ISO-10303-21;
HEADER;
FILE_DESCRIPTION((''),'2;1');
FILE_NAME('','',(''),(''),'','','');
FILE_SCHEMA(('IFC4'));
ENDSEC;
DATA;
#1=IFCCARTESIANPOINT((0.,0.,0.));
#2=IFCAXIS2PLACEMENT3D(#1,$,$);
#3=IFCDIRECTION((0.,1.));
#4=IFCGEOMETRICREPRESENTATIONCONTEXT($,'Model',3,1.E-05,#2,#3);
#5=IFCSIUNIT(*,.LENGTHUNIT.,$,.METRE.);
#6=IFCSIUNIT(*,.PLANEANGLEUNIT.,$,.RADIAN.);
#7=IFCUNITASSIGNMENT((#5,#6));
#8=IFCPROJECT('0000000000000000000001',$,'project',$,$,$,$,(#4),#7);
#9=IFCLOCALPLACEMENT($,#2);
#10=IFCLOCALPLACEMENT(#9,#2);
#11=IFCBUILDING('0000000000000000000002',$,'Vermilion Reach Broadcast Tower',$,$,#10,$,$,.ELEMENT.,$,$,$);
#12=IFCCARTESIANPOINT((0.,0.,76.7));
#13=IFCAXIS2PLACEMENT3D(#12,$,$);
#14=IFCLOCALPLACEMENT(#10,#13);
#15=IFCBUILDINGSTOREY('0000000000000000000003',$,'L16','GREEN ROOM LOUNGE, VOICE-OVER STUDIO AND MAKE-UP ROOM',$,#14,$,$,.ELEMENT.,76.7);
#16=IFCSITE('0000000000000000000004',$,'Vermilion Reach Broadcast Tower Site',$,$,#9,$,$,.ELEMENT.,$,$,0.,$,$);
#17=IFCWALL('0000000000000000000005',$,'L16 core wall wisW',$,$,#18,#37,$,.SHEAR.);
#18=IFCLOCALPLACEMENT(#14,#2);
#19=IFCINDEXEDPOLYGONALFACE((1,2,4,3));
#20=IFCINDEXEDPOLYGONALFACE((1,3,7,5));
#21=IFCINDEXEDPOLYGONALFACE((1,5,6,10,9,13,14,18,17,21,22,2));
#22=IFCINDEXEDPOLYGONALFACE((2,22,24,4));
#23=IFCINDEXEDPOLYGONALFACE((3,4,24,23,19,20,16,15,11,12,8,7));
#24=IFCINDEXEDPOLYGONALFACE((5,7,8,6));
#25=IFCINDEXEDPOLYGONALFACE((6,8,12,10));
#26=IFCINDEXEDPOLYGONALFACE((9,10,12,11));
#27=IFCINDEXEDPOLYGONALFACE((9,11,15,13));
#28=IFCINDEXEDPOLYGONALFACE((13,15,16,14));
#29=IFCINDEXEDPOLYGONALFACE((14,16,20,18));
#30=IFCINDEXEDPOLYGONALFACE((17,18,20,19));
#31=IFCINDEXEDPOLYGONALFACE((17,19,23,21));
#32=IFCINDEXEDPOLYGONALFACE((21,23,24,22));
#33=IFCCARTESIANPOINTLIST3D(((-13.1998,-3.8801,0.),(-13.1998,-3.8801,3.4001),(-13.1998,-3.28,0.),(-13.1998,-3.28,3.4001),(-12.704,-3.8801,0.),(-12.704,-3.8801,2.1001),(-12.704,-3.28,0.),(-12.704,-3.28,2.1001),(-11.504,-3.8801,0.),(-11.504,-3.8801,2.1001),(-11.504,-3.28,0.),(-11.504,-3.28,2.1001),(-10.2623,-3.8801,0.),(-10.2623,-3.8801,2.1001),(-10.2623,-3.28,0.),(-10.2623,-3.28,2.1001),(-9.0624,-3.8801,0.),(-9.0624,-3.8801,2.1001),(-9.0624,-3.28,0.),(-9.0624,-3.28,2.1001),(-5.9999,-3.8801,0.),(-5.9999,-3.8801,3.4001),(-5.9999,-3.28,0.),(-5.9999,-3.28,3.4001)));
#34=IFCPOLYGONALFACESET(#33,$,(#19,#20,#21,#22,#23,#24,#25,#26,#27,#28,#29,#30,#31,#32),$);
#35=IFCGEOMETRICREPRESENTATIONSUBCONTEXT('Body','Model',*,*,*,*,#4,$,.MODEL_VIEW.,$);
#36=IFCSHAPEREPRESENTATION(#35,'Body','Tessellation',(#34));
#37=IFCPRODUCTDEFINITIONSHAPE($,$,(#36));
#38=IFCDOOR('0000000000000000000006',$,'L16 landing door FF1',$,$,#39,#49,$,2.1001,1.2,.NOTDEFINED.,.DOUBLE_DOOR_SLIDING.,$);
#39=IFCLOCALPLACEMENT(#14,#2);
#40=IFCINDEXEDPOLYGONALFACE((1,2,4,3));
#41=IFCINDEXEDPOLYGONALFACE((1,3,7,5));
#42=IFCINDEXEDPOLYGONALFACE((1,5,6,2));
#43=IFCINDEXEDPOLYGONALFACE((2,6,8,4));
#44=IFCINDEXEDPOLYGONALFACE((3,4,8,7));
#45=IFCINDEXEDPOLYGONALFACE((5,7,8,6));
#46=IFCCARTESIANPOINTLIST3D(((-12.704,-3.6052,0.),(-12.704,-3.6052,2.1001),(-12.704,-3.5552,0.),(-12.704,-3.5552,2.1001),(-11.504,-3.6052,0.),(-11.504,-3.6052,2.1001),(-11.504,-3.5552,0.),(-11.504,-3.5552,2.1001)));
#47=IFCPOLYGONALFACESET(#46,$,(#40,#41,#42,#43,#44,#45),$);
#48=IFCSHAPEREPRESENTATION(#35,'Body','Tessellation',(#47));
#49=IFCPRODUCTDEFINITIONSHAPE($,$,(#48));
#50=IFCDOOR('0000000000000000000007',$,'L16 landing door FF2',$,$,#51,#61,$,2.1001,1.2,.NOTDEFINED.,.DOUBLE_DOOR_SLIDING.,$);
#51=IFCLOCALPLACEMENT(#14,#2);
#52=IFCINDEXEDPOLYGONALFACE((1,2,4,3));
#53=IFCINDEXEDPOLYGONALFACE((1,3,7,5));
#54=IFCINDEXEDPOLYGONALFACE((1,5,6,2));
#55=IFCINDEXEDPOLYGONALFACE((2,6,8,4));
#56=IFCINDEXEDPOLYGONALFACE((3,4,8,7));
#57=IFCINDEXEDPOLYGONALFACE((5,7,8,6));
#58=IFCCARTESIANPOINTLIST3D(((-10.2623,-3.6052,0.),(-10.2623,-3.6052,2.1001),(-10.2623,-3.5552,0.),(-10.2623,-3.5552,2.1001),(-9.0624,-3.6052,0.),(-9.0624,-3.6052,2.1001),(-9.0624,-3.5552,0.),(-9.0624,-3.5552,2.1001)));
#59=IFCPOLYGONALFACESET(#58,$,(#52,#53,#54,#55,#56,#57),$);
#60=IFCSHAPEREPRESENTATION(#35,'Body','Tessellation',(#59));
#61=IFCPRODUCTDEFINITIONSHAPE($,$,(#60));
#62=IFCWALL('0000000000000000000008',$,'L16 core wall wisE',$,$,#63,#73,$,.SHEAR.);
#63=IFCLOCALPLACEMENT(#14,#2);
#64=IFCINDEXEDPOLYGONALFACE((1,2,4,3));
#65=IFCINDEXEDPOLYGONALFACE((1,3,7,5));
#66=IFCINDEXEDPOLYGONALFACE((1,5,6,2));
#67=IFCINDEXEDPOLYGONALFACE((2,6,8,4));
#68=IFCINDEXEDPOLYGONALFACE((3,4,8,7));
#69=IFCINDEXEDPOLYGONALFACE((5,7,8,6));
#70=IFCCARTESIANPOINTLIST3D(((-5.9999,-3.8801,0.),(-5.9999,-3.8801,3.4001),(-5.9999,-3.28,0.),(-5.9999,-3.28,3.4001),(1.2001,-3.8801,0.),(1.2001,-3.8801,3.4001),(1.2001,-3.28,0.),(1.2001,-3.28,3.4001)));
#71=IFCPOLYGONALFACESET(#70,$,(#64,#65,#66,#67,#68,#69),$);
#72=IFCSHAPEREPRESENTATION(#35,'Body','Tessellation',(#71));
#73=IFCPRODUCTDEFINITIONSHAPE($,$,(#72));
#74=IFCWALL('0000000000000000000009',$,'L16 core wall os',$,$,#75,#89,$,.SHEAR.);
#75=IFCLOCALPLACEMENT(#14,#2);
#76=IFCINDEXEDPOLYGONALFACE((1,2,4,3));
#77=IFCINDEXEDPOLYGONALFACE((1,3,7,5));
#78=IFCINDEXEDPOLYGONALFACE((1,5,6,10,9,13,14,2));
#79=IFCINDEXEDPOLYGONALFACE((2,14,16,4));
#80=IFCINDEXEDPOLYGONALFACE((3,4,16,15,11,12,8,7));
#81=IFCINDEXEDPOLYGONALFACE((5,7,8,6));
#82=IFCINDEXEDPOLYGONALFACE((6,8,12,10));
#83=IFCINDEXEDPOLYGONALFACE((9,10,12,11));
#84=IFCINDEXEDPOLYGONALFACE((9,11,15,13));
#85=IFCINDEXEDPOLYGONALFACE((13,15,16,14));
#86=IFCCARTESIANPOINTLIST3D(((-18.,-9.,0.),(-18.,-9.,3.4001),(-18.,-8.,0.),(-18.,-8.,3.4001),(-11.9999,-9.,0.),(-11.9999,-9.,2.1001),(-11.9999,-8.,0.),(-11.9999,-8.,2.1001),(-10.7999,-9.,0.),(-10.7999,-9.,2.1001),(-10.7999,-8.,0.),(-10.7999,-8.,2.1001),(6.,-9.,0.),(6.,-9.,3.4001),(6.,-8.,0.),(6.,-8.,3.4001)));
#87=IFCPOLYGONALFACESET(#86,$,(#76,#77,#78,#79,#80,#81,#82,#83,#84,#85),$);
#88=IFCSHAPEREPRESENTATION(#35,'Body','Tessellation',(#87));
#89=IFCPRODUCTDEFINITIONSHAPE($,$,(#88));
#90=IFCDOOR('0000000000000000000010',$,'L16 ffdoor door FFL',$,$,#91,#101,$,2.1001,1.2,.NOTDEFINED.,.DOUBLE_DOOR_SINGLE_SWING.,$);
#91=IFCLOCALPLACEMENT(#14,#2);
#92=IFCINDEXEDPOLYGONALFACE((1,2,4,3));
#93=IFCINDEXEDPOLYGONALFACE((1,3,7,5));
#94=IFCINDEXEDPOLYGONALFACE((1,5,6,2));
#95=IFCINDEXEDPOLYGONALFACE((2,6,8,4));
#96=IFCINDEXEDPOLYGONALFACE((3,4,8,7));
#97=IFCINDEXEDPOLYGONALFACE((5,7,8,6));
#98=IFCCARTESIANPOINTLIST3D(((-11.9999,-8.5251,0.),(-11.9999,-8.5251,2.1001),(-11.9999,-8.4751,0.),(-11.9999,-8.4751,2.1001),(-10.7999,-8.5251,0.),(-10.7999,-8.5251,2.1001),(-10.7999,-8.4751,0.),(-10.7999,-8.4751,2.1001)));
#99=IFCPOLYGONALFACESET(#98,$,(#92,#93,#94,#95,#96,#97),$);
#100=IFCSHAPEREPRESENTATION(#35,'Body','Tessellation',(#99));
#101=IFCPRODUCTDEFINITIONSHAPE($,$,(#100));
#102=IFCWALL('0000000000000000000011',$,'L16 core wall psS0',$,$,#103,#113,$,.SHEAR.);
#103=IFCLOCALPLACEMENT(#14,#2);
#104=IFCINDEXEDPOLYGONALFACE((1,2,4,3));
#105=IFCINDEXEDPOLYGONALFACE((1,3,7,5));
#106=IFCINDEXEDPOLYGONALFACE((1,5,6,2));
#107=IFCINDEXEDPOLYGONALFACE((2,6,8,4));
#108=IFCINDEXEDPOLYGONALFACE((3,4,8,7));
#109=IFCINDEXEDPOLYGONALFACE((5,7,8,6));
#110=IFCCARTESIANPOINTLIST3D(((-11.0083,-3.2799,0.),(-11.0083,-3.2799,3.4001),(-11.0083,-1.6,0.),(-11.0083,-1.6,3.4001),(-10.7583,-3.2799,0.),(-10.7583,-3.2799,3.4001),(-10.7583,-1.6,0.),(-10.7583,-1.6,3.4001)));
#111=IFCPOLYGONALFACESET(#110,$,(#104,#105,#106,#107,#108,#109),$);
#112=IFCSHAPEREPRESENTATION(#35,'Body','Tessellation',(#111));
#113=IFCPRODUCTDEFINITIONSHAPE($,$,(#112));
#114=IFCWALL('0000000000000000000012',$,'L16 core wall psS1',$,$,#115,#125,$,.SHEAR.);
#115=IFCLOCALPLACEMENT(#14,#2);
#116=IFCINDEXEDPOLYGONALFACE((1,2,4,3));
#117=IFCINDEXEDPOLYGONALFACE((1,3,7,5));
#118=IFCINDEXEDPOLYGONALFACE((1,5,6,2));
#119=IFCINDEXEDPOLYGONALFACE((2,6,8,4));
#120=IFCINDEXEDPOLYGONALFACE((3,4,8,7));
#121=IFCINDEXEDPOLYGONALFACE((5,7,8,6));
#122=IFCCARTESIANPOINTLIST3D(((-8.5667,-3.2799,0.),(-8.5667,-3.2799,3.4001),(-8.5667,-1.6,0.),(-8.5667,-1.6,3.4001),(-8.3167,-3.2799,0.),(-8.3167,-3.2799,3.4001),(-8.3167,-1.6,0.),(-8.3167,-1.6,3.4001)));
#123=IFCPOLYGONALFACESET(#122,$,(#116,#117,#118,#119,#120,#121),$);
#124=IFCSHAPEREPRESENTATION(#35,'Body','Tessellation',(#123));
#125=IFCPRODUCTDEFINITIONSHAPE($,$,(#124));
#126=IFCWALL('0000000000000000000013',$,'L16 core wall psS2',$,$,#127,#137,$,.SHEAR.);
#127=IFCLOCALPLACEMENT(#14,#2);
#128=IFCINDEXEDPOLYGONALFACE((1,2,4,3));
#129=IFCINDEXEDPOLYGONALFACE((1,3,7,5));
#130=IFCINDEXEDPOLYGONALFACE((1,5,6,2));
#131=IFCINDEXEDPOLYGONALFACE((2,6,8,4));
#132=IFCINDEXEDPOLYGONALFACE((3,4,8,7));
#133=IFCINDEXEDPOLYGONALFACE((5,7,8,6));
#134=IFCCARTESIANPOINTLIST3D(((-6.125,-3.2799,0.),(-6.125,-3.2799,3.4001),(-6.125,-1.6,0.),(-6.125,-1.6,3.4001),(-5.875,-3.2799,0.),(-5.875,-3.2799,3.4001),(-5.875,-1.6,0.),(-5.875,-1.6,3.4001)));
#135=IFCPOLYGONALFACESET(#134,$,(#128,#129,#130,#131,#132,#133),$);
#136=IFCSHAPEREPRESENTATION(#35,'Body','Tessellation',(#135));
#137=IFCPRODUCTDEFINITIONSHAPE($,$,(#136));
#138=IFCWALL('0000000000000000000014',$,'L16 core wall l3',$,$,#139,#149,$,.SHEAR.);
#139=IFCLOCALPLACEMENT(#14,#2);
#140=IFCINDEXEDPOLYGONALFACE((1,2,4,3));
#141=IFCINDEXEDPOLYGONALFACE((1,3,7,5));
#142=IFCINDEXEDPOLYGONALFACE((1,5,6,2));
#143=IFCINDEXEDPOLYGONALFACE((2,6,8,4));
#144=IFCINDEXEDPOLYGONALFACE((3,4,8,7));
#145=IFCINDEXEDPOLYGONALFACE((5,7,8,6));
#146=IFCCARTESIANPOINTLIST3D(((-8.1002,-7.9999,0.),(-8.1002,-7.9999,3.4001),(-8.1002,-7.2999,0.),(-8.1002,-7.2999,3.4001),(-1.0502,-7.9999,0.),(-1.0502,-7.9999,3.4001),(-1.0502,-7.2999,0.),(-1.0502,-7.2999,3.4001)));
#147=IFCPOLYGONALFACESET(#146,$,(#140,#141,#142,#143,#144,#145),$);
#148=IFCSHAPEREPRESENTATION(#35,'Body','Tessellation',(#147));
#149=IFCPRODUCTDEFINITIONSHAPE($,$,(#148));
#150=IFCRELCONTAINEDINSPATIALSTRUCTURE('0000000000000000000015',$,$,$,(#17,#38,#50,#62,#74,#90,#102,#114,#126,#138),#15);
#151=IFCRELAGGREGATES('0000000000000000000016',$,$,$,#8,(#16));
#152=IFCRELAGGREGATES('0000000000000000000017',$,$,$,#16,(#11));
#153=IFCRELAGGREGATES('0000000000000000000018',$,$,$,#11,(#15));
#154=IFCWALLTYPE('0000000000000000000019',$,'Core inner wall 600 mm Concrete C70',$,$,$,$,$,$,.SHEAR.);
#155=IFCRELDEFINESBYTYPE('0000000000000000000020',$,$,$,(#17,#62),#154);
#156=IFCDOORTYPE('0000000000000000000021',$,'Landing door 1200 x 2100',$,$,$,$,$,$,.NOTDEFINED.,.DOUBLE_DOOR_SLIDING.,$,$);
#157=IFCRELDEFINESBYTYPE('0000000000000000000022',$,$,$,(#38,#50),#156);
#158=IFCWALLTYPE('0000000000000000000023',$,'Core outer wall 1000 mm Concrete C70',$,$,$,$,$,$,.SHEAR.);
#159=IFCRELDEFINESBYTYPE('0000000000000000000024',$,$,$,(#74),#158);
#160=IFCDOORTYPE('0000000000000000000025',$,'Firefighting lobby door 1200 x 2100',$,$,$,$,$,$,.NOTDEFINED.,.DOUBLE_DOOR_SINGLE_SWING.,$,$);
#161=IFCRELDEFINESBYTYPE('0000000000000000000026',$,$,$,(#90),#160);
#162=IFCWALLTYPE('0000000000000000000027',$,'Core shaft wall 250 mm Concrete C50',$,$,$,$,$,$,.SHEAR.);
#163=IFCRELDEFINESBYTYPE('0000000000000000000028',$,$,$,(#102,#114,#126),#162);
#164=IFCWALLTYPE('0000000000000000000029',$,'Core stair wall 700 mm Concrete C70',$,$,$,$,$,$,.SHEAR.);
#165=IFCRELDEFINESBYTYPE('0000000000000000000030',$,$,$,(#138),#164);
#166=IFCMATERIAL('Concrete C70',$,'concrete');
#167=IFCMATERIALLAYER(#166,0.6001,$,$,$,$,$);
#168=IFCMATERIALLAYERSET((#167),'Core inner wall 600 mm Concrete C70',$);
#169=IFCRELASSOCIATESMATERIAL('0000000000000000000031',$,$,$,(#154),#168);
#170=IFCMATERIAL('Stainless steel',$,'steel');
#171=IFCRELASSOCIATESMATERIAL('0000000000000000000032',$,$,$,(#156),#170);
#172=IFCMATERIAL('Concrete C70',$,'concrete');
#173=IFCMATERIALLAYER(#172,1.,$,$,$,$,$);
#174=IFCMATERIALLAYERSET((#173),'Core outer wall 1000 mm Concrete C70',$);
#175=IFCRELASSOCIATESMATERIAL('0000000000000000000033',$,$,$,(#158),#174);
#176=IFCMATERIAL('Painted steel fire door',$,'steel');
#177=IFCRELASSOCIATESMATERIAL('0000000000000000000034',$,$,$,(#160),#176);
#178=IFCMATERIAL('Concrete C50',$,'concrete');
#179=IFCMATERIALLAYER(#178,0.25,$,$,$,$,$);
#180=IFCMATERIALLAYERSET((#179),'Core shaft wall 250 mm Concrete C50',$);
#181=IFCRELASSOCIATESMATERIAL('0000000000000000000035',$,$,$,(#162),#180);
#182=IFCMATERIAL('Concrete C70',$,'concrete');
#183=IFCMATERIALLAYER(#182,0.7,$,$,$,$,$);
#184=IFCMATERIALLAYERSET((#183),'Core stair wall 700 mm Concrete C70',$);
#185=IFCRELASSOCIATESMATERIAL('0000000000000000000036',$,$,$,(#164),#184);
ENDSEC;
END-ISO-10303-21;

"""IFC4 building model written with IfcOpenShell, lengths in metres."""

from ifc_helpers import new_model, si_unit, direction, frame, frame_2d, origin, place, context, subcontext, project, spatial, rectangle, extrude, material, layer, layer_set, type_object, element, fill, save


model = new_model("IFC4")

# Units and contexts
model_context = context("Model", 3, precision=1e-05, world=origin(), true_north=direction((0.0, 1.0)))
body_context = subcontext(model_context, "Body", "Model", "MODEL_VIEW")
ifc_project = project(units=[si_unit("LENGTHUNIT", "METRE"), si_unit("PLANEANGLEUNIT", "RADIAN")], contexts=[model_context])

# Site, building, storey
site_placement = place(None, origin())
site = spatial("IfcSite", under=ifc_project, at=site_placement, Name="Vermilion Reach Broadcast Tower Site", CompositionType="ELEMENT", RefElevation=0.0)
building_placement = place(site_placement, origin())
building = spatial("IfcBuilding", under=site, at=building_placement, Name="Vermilion Reach Broadcast Tower", CompositionType="ELEMENT")
storey_placement = place(building_placement, frame((0.0, 0.0, 76.7)))
storey = spatial("IfcBuildingStorey", under=building, at=storey_placement, Name="L16", Description="GREEN ROOM LOUNGE, VOICE-OVER STUDIO AND MAKE-UP ROOM", CompositionType="ELEMENT", Elevation=76.7)

# Wall, openings, doors
ifc_material_1 = material(Name="Concrete C70", Category="concrete")
ifc_layer_1 = layer(ifc_material_1, 0.6001)
ifc_layer_set_1 = layer_set([ifc_layer_1], Name="Core inner wall 600 mm Concrete C70")
wall_type_1 = type_object("IfcWallType", Name="Core inner wall 600 mm Concrete C70", PredefinedType="SHEAR", material=ifc_layer_set_1)
wall_1_placement = place(storey_placement, frame((-13.2, -3.5801, 0.0), z_axis=(0.0, 0.0, 1.0), x_axis=(1.0, 0.0, 0.0)))
wall_1 = element("IfcWall", 1, at=wall_1_placement, inside=storey, type_object=wall_type_1, Name="L16 core wall wisW", PredefinedType="SHEAR", context=body_context, shape_type="SweptSolid", body=[
    extrude(rectangle(XDim=7.2, YDim=0.6001, at=frame_2d((3.6001, 0.0))), origin(), (0.0, 0.0, 1.0), 3.4001),
])
opening_1_placement = place(wall_1_placement, frame((0.4958, 0.0, 0.0)))
opening_1 = element("IfcOpeningElement", 2, at=opening_1_placement, cuts=wall_1, PredefinedType="OPENING", context=body_context, shape_type="SweptSolid", body=[
    extrude(rectangle(XDim=1.2, YDim=2.1001, at=frame_2d((0.6001, 1.05))), frame((0.0, 0.3101, 0.0), z_axis=(0.0, -1.0, 0.0), x_axis=(1.0, 0.0, 0.0)), (0.0, 0.0, 1.0), 0.6201),
])
opening_2_placement = place(wall_1_placement, frame((2.9375, 0.0, 0.0)))
opening_2 = element("IfcOpeningElement", 3, at=opening_2_placement, cuts=wall_1, PredefinedType="OPENING", context=body_context, shape_type="SweptSolid", body=[
    extrude(rectangle(XDim=1.2, YDim=2.1001, at=frame_2d((0.6001, 1.05))), frame((0.0, 0.3101, 0.0), z_axis=(0.0, -1.0, 0.0), x_axis=(1.0, 0.0, 0.0)), (0.0, 0.0, 1.0), 0.6201),
])
ifc_material_2 = material(Name="Stainless steel", Category="steel")
door_type_1 = type_object("IfcDoorType", Name="Landing door 1200 x 2100", OperationType="DOUBLE_DOOR_SLIDING", PredefinedType="NOTDEFINED", material=ifc_material_2)
door_1_placement = place(opening_1_placement, origin())
door_1 = element("IfcDoor", 4, at=door_1_placement, inside=storey, type_object=door_type_1, Name="L16 landing door FF1", OperationType="DOUBLE_DOOR_SLIDING", OverallHeight=2.1001, OverallWidth=1.2, PredefinedType="NOTDEFINED", context=body_context, shape_type="SweptSolid", body=[
    extrude(rectangle(XDim=1.2, YDim=2.1001, at=frame_2d((0.6001, 1.05))), frame((0.0, 0.0249, 0.0), z_axis=(0.0, -1.0, 0.0), x_axis=(1.0, 0.0, 0.0)), (0.0, 0.0, 1.0), 0.05),
])
fill(opening_1, door_1)
door_2_placement = place(opening_2_placement, origin())
door_2 = element("IfcDoor", 5, at=door_2_placement, inside=storey, type_object=door_type_1, Name="L16 landing door FF2", OperationType="DOUBLE_DOOR_SLIDING", OverallHeight=2.1001, OverallWidth=1.2, PredefinedType="NOTDEFINED", context=body_context, shape_type="SweptSolid", body=[
    extrude(rectangle(XDim=1.2, YDim=2.1001, at=frame_2d((0.6001, 1.05))), frame((0.0, 0.0249, 0.0), z_axis=(0.0, -1.0, 0.0), x_axis=(1.0, 0.0, 0.0)), (0.0, 0.0, 1.0), 0.05),
])
fill(opening_2, door_2)

# Wall
wall_2_placement = place(storey_placement, frame((-6.0, -3.5801, 0.0), z_axis=(0.0, 0.0, 1.0), x_axis=(1.0, 0.0, 0.0)))
element("IfcWall", 6, at=wall_2_placement, inside=storey, type_object=wall_type_1, Name="L16 core wall wisE", PredefinedType="SHEAR", context=body_context, shape_type="SweptSolid", body=[
    extrude(rectangle(XDim=7.2, YDim=0.6001, at=frame_2d((3.6001, 0.0))), origin(), (0.0, 0.0, 1.0), 3.4001),
])

# Wall, opening, door
ifc_material_3 = material(Name="Concrete C70", Category="concrete")
ifc_layer_2 = layer(ifc_material_3, 1.0)
ifc_layer_set_2 = layer_set([ifc_layer_2], Name="Core outer wall 1000 mm Concrete C70")
wall_type_2 = type_object("IfcWallType", Name="Core outer wall 1000 mm Concrete C70", PredefinedType="SHEAR", material=ifc_layer_set_2)
wall_3_placement = place(storey_placement, frame((-18.0, -8.5, 0.0), z_axis=(0.0, 0.0, 1.0), x_axis=(1.0, 0.0, 0.0)))
wall_3 = element("IfcWall", 7, at=wall_3_placement, inside=storey, type_object=wall_type_2, Name="L16 core wall os", PredefinedType="SHEAR", context=body_context, shape_type="SweptSolid", body=[
    extrude(rectangle(XDim=24.0, YDim=1.0, at=frame_2d((12.0, 0.0))), origin(), (0.0, 0.0, 1.0), 3.4001),
])
opening_3_placement = place(wall_3_placement, frame((6.0, 0.0, 0.0)))
opening_3 = element("IfcOpeningElement", 8, at=opening_3_placement, cuts=wall_3, PredefinedType="OPENING", context=body_context, shape_type="SweptSolid", body=[
    extrude(rectangle(XDim=1.2, YDim=2.1001, at=frame_2d((0.6001, 1.05))), frame((0.0, 0.51, 0.0), z_axis=(0.0, -1.0, 0.0), x_axis=(1.0, 0.0, 0.0)), (0.0, 0.0, 1.0), 1.02),
])
ifc_material_4 = material(Name="Painted steel fire door", Category="steel")
door_type_2 = type_object("IfcDoorType", Name="Firefighting lobby door 1200 x 2100", OperationType="DOUBLE_DOOR_SINGLE_SWING", PredefinedType="NOTDEFINED", material=ifc_material_4)
door_3_placement = place(opening_3_placement, origin())
door_3 = element("IfcDoor", 9, at=door_3_placement, inside=storey, type_object=door_type_2, Name="L16 ffdoor door FFL", OperationType="DOUBLE_DOOR_SINGLE_SWING", OverallHeight=2.1001, OverallWidth=1.2, PredefinedType="NOTDEFINED", context=body_context, shape_type="SweptSolid", body=[
    extrude(rectangle(XDim=1.2, YDim=2.1001, at=frame_2d((0.6001, 1.05))), frame((0.0, 0.0249, 0.0), z_axis=(0.0, -1.0, 0.0), x_axis=(1.0, 0.0, 0.0)), (0.0, 0.0, 1.0), 0.05),
])
fill(opening_3, door_3)

# Walls
ifc_material_5 = material(Name="Concrete C50", Category="concrete")
ifc_layer_3 = layer(ifc_material_5, 0.25)
ifc_layer_set_3 = layer_set([ifc_layer_3], Name="Core shaft wall 250 mm Concrete C50")
wall_type_3 = type_object("IfcWallType", Name="Core shaft wall 250 mm Concrete C50", PredefinedType="SHEAR", material=ifc_layer_set_3)
for number, where, z_axis, x_axis, name in (
    (10, (-10.8833, -1.6001, 0.0), (0.0, 0.0, 1.0), (0.0, -1.0, 0.0), "L16 core wall psS0"),
    (11, (-8.4417, -1.6001, 0.0), (0.0, 0.0, 1.0), (0.0, -1.0, 0.0), "L16 core wall psS1"),
    (12, (-6.0, -1.6001, 0.0), (0.0, 0.0, 1.0), (0.0, -1.0, 0.0), "L16 core wall psS2"),
):
    element("IfcWall", number, at=place(storey_placement, frame(where, z_axis=z_axis, x_axis=x_axis)), inside=storey, type_object=wall_type_3, Name=name, PredefinedType="SHEAR", context=body_context, shape_type="SweptSolid", body=[
        extrude(rectangle(XDim=1.6799, YDim=0.25, at=frame_2d((0.8398, 0.0))), origin(), (0.0, 0.0, 1.0), 3.4001),
    ])
ifc_material_6 = material(Name="Concrete C70", Category="concrete")
ifc_layer_4 = layer(ifc_material_6, 0.7)
ifc_layer_set_4 = layer_set([ifc_layer_4], Name="Core stair wall 700 mm Concrete C70")
wall_type_4 = type_object("IfcWallType", Name="Core stair wall 700 mm Concrete C70", PredefinedType="SHEAR", material=ifc_layer_set_4)
wall_4_placement = place(storey_placement, frame((-8.1001, -7.6499, 0.0), z_axis=(0.0, 0.0, 1.0), x_axis=(1.0, 0.0, 0.0)))
element("IfcWall", 13, at=wall_4_placement, inside=storey, type_object=wall_type_4, Name="L16 core wall l3", PredefinedType="SHEAR", context=body_context, shape_type="SweptSolid", body=[
    extrude(rectangle(XDim=7.05, YDim=0.7, at=frame_2d((3.5249, 0.0))), origin(), (0.0, 0.0, 1.0), 3.4001),
])

save(model, "model.ifc")
